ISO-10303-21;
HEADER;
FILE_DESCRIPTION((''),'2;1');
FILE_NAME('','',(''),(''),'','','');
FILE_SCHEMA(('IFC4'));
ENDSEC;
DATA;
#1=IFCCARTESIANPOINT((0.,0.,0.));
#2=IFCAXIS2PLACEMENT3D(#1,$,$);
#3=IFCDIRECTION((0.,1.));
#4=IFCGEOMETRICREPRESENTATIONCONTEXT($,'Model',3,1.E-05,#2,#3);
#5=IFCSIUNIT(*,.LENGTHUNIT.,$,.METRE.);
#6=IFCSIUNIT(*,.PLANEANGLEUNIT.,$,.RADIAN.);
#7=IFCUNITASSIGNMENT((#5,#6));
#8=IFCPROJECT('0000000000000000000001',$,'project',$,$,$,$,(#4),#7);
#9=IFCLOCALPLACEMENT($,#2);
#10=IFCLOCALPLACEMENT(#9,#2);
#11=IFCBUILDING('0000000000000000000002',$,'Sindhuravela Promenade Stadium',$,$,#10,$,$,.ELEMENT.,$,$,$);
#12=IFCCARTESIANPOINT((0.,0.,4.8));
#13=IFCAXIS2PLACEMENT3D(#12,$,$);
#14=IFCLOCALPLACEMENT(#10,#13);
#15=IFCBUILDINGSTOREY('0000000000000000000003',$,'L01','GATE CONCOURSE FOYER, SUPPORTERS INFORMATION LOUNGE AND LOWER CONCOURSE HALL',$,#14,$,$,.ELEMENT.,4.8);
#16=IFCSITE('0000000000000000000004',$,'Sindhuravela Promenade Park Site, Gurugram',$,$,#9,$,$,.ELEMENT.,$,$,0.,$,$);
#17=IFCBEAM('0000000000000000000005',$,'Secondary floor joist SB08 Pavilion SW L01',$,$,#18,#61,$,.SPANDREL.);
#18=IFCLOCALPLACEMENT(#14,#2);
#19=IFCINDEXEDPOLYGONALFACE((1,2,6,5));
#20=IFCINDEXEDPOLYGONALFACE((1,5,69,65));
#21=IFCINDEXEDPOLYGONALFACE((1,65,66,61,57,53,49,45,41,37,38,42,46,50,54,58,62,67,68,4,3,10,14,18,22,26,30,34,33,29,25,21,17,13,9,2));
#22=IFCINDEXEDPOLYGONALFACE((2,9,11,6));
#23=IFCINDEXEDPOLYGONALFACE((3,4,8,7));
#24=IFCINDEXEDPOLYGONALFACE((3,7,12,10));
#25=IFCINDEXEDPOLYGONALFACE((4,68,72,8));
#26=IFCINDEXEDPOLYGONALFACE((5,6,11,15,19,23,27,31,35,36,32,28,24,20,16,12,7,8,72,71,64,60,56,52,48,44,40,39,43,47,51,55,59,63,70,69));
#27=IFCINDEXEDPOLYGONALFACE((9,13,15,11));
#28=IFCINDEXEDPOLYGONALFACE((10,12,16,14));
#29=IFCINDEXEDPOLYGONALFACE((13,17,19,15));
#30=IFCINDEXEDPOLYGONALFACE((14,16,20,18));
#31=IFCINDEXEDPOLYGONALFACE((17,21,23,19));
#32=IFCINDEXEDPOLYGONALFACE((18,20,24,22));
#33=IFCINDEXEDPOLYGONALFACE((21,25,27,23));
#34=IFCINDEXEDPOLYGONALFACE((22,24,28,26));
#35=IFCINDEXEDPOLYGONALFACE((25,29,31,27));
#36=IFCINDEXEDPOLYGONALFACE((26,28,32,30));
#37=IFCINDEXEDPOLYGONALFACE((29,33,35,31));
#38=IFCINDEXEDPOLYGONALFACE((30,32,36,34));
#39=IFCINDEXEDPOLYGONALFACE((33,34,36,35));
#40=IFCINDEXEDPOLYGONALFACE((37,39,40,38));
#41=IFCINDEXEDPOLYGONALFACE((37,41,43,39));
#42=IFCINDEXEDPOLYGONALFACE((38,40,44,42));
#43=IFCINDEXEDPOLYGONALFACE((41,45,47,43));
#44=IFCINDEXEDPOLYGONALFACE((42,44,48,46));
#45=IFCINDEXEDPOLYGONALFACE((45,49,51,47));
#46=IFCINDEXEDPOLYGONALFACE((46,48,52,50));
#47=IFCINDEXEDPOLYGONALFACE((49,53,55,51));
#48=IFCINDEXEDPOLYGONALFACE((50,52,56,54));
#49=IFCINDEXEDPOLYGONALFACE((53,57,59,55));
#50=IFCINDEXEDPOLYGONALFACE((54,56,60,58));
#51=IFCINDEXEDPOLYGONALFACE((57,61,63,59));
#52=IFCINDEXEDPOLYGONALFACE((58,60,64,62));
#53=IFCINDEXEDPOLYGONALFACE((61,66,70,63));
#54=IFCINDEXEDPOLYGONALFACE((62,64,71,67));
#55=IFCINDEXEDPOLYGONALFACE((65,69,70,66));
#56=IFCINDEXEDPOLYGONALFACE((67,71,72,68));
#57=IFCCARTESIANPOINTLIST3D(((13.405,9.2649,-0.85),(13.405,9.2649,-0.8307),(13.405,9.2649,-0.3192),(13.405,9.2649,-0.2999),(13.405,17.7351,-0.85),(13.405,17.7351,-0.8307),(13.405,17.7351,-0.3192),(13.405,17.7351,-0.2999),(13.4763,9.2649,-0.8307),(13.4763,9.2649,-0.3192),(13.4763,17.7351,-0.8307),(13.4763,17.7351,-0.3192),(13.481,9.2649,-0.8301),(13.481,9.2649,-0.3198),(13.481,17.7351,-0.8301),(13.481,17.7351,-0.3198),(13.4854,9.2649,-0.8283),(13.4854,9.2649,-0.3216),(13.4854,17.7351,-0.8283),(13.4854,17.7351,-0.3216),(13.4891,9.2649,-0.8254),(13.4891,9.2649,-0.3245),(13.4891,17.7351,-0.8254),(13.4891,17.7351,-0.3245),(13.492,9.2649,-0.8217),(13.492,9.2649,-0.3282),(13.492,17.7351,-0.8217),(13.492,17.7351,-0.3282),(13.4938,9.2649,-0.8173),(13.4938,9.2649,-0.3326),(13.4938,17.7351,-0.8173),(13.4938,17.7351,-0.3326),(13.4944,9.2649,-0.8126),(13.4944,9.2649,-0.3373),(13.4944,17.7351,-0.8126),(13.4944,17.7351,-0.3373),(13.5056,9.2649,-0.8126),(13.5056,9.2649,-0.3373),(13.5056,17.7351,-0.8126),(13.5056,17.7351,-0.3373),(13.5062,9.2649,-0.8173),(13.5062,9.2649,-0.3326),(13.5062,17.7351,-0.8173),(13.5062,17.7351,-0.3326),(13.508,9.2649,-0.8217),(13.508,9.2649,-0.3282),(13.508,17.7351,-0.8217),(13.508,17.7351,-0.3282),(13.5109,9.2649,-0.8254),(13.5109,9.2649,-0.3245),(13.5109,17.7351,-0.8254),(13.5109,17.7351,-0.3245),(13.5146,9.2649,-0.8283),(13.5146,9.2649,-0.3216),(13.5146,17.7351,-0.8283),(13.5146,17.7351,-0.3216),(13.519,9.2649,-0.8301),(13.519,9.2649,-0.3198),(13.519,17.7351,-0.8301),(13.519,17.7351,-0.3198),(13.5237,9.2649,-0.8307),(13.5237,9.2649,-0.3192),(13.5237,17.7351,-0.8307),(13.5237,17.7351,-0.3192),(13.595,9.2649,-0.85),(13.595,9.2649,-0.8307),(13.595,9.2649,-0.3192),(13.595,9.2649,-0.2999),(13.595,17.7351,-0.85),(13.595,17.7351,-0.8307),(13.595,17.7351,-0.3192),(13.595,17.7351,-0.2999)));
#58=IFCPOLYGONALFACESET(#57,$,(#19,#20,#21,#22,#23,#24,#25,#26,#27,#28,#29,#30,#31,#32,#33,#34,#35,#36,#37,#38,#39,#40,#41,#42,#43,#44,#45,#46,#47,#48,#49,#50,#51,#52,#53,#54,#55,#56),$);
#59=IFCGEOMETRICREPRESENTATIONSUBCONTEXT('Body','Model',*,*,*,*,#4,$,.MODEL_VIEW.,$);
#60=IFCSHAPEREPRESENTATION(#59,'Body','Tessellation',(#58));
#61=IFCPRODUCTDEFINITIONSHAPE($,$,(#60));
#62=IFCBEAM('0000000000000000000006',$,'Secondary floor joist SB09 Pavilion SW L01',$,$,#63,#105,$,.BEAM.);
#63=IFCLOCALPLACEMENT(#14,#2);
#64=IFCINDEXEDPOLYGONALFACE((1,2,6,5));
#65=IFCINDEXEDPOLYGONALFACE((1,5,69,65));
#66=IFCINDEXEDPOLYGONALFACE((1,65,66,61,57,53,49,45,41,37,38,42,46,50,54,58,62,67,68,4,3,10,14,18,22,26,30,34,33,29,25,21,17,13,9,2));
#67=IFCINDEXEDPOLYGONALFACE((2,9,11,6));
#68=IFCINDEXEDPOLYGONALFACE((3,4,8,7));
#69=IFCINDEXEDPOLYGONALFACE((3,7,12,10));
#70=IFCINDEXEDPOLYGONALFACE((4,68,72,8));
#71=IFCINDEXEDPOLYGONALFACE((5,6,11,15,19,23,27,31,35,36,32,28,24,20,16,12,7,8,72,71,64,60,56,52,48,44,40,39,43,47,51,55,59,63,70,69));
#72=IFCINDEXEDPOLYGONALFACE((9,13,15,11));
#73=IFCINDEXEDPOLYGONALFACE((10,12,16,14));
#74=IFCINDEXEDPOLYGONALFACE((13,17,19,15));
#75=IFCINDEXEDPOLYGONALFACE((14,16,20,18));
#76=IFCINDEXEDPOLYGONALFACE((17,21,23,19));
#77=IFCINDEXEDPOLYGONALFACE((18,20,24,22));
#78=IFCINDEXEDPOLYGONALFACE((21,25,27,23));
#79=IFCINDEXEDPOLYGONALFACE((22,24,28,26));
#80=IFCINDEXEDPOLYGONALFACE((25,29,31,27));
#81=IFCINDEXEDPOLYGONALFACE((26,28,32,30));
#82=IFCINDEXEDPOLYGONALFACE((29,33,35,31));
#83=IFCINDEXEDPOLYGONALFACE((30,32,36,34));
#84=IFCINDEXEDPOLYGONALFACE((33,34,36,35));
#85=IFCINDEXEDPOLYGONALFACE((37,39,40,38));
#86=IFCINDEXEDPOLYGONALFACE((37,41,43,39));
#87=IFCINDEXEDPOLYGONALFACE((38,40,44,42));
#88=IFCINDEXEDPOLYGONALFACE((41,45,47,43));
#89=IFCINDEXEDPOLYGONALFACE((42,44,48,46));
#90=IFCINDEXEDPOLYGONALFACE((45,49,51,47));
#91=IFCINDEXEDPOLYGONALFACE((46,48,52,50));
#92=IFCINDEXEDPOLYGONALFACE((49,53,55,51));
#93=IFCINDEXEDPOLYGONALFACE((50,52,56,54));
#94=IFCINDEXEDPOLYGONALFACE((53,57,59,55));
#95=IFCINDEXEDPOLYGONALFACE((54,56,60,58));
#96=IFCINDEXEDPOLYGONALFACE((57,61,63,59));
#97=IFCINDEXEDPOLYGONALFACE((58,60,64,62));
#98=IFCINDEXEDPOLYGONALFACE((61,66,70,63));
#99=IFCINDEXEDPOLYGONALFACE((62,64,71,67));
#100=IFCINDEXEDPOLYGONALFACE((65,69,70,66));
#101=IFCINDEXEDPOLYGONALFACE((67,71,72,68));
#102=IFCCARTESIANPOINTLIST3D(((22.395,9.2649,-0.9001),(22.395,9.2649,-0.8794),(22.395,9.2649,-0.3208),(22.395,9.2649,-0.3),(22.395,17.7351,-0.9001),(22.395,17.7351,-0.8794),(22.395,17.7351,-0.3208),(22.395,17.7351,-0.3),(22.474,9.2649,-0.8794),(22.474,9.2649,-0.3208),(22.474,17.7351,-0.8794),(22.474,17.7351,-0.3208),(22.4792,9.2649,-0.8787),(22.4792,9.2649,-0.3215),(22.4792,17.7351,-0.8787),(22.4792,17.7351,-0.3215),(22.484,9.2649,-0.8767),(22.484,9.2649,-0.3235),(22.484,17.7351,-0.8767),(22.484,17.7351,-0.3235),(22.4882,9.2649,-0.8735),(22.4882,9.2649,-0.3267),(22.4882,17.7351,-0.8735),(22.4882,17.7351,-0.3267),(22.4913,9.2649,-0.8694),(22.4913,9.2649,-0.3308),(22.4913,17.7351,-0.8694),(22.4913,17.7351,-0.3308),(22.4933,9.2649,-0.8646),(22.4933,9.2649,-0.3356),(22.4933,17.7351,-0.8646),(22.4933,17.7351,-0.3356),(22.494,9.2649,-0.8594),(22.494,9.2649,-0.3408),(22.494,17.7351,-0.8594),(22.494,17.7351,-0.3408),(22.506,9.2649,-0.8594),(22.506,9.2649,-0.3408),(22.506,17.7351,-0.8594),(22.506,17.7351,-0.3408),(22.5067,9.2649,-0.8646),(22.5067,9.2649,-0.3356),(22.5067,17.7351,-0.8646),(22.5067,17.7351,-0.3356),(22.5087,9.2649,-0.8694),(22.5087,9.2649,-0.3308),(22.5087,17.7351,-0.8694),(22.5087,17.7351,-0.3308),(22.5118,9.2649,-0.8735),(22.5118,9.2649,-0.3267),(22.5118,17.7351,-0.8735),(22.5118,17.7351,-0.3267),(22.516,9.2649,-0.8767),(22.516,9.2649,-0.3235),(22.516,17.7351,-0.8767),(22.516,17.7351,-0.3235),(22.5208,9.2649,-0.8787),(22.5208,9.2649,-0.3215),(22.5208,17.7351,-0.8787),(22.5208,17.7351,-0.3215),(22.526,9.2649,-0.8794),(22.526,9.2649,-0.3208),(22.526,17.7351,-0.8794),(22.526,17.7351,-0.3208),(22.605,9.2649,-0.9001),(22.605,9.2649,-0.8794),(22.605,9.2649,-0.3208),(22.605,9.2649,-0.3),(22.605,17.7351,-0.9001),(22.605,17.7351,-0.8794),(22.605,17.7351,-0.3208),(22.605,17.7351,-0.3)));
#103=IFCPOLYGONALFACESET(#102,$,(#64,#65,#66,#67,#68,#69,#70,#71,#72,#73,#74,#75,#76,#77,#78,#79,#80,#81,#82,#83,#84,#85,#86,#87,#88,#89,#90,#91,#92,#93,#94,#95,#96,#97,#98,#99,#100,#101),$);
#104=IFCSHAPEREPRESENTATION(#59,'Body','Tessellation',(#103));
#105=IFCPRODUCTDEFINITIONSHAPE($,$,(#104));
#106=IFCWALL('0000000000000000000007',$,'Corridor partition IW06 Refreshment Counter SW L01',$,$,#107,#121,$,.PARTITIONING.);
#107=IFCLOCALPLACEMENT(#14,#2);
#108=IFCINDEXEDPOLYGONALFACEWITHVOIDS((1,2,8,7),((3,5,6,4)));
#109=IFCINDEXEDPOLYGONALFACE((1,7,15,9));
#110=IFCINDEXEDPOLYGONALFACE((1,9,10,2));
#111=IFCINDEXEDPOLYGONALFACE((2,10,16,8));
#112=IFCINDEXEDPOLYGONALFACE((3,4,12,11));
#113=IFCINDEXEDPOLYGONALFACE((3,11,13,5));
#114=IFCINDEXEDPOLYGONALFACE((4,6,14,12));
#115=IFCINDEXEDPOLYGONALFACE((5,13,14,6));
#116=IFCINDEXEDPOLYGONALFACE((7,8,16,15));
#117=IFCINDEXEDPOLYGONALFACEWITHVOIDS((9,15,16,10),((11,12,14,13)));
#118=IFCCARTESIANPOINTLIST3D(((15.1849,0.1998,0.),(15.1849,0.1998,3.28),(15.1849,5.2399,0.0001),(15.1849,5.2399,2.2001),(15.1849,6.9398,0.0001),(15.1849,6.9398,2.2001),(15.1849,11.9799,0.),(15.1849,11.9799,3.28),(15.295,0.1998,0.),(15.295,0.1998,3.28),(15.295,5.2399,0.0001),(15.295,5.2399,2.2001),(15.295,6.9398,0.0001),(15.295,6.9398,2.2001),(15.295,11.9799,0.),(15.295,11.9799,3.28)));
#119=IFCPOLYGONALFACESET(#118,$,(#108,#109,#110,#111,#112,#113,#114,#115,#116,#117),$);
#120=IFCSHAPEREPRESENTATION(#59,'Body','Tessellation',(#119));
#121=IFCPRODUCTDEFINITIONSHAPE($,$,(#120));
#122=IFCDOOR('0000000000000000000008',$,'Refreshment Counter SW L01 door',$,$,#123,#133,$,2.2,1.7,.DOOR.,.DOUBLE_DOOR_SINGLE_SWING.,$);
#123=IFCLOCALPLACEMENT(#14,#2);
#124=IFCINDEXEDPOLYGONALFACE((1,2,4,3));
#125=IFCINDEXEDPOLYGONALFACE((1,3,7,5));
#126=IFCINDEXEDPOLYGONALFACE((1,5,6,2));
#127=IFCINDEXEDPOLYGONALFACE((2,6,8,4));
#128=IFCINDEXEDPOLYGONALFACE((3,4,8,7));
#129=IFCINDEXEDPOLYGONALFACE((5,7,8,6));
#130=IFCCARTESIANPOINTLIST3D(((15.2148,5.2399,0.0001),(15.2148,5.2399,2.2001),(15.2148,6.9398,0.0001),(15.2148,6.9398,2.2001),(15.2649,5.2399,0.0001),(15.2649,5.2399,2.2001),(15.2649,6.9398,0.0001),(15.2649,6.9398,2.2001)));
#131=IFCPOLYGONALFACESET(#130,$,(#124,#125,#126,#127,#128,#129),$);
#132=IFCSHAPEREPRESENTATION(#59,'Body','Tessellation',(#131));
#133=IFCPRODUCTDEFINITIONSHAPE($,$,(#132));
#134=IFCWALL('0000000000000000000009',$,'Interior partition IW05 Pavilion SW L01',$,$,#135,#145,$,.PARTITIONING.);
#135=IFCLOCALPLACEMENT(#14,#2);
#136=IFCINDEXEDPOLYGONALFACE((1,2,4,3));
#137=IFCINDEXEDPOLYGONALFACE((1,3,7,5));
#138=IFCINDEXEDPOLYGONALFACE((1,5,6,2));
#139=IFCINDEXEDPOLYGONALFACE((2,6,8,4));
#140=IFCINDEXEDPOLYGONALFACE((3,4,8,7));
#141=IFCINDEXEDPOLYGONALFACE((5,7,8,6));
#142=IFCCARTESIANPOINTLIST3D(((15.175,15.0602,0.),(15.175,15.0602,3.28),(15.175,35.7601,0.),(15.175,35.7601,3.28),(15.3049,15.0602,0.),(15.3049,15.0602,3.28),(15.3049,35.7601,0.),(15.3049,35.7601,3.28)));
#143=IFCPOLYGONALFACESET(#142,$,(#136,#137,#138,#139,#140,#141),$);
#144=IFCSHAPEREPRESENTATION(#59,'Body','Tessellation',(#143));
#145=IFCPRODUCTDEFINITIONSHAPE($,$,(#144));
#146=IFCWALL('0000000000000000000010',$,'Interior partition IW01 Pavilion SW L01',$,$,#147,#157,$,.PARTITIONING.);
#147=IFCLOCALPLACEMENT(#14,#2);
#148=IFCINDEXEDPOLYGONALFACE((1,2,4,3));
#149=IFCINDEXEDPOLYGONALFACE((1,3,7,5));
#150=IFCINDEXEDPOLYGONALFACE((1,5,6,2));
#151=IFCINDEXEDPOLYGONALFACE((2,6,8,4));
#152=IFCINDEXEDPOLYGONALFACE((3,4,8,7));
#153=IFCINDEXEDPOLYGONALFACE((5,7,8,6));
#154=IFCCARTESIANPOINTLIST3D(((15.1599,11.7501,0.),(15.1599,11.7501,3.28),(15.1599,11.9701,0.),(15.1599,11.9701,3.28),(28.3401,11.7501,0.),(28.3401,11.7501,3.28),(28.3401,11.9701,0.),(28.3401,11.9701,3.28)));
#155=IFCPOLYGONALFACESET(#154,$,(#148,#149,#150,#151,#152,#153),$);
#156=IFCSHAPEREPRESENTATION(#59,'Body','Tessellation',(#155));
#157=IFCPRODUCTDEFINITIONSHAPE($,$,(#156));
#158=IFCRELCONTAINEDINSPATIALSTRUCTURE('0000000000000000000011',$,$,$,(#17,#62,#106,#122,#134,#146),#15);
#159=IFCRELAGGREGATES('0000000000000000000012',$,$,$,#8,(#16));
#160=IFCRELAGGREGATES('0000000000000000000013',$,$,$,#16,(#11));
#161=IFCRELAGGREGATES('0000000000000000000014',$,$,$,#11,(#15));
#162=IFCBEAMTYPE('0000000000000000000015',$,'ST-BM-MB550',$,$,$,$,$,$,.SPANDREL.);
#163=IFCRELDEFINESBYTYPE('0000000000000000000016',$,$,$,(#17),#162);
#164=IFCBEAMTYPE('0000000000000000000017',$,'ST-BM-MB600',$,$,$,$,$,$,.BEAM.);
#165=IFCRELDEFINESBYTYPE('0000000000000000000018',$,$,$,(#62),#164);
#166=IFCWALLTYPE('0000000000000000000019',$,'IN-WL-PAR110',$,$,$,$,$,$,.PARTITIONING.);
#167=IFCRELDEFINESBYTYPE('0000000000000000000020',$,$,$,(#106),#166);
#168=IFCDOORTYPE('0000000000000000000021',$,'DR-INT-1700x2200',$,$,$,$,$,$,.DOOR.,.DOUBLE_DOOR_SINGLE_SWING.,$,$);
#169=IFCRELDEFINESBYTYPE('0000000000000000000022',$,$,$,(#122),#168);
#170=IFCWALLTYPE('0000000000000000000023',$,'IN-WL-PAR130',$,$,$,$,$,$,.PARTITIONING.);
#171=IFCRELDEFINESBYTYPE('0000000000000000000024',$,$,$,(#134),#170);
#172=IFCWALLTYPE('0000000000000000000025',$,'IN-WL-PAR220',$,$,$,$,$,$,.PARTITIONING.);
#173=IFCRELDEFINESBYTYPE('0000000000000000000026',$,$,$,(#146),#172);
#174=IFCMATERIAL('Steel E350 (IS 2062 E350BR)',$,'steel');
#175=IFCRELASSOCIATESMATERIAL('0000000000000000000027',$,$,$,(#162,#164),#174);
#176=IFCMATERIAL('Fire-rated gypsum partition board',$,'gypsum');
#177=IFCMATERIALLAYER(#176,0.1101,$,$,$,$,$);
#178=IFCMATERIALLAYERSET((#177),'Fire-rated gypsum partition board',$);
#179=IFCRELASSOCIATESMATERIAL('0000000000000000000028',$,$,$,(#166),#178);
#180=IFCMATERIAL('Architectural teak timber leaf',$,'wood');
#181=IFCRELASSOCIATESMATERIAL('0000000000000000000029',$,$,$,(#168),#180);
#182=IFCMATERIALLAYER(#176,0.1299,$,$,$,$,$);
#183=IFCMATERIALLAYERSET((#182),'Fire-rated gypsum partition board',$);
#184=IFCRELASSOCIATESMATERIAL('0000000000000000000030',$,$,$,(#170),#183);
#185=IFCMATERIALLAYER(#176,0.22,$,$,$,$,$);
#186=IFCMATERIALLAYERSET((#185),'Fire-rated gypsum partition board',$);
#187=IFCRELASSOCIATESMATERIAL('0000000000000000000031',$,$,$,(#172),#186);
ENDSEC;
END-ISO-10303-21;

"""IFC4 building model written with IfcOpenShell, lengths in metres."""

from ifc_helpers import new_model, si_unit, direction, frame, frame_2d, origin, origin_2d, place, context, subcontext, project, spatial, rectangle, i_section, extrude, material, layer, layer_set, material_profile, profile_set, type_object, element, fill, save


model = new_model("IFC4")

# Units and contexts
model_context = context("Model", 3, precision=1e-05, world=origin(), true_north=direction((0.0, 1.0)))
body_context = subcontext(model_context, "Body", "Model", "MODEL_VIEW")
ifc_project = project(units=[si_unit("LENGTHUNIT", "METRE"), si_unit("PLANEANGLEUNIT", "RADIAN")], contexts=[model_context])

# Site, building, storey
site_placement = place(None, origin())
site = spatial("IfcSite", under=ifc_project, at=site_placement, Name="Sindhuravela Promenade Park Site, Gurugram", CompositionType="ELEMENT", RefElevation=0.0)
building_placement = place(site_placement, origin())
building = spatial("IfcBuilding", under=site, at=building_placement, Name="Sindhuravela Promenade Stadium", CompositionType="ELEMENT")
storey_placement = place(building_placement, frame((0.0, 0.0, 4.8)))
storey = spatial("IfcBuildingStorey", under=building, at=storey_placement, Name="L01", Description="GATE CONCOURSE FOYER, SUPPORTERS INFORMATION LOUNGE AND LOWER CONCOURSE HALL", CompositionType="ELEMENT", Elevation=4.8)

# Beams
ifc_material_1 = material(Name="Steel E350 (IS 2062 E350BR)", Category="steel")
ifc_material_profile_1 = material_profile(ifc_material_1, i_section(OverallWidth=0.1899, OverallDepth=0.55, WebThickness=0.0112, FlangeThickness=0.0193, FilletRadius=0.0181, at=origin_2d()), Name="ISMB 550")
ifc_profile_set_1 = profile_set([ifc_material_profile_1], Name="Steel E350 (IS 2062 E350BR)")
beam_type_1 = type_object("IfcBeamType", Name="ST-BM-MB550", PredefinedType="SPANDREL", material=ifc_profile_set_1)
beam_1_placement = place(storey_placement, frame((13.5, 9.2649, -0.575), z_axis=(0.0, 1.0, 0.0), x_axis=(-1.0, 0.0, 0.0)))
element("IfcBeam", 1, at=beam_1_placement, inside=storey, type_object=beam_type_1, Name="Secondary floor joist SB08 Pavilion SW L01", PredefinedType="SPANDREL", context=body_context, shape_type="SweptSolid", body=[
    extrude(i_section(OverallWidth=0.1899, OverallDepth=0.55, WebThickness=0.0112, FlangeThickness=0.0193, FilletRadius=0.0181, at=origin_2d()), origin(), (0.0, 0.0, 1.0), 8.4702),
])
ifc_material_profile_2 = material_profile(ifc_material_1, i_section(OverallWidth=0.21, OverallDepth=0.6001, WebThickness=0.012, FlangeThickness=0.0208, FilletRadius=0.02, at=origin_2d()), Name="ISMB 600")
ifc_profile_set_2 = profile_set([ifc_material_profile_2], Name="Steel E350 (IS 2062 E350BR)")
beam_type_2 = type_object("IfcBeamType", Name="ST-BM-MB600", PredefinedType="BEAM", material=ifc_profile_set_2)
beam_2_placement = place(storey_placement, frame((22.5, 9.2649, -0.6001), z_axis=(0.0, 1.0, 0.0), x_axis=(-1.0, 0.0, 0.0)))
element("IfcBeam", 2, at=beam_2_placement, inside=storey, type_object=beam_type_2, Name="Secondary floor joist SB09 Pavilion SW L01", PredefinedType="BEAM", context=body_context, shape_type="SweptSolid", body=[
    extrude(i_section(OverallWidth=0.21, OverallDepth=0.6001, WebThickness=0.012, FlangeThickness=0.0208, FilletRadius=0.02, at=origin_2d()), origin(), (0.0, 0.0, 1.0), 8.4702),
])

# Wall, opening, door
ifc_material_2 = material(Name="Fire-rated gypsum partition board", Category="gypsum")
ifc_layer_1 = layer(ifc_material_2, 0.1101)
ifc_layer_set_1 = layer_set([ifc_layer_1], Name="Fire-rated gypsum partition board")
wall_type_1 = type_object("IfcWallType", Name="IN-WL-PAR110", PredefinedType="PARTITIONING", material=ifc_layer_set_1)
wall_1_placement = place(storey_placement, frame((15.24, 11.98, 0.0), z_axis=(0.0, 0.0, 1.0), x_axis=(0.0, -1.0, 0.0)))
wall_1 = element("IfcWall", 3, at=wall_1_placement, inside=storey, type_object=wall_type_1, Name="Corridor partition IW06 Refreshment Counter SW L01", PredefinedType="PARTITIONING", context=body_context, shape_type="SweptSolid", body=[
    extrude(rectangle(XDim=11.78, YDim=0.1101, at=frame_2d((5.8901, 0.0))), origin(), (0.0, 0.0, 1.0), 3.28),
])
opening_1_placement = place(wall_1_placement, frame((5.04, 0.0, 0.0)))
opening_1 = element("IfcOpeningElement", 4, at=opening_1_placement, cuts=wall_1, PredefinedType="OPENING", context=body_context, shape_type="SweptSolid", body=[
    extrude(rectangle(XDim=1.7, YDim=2.2, at=frame_2d((0.8501, 1.1001))), frame((0.0, 0.0649, 0.0), z_axis=(0.0, -1.0, 0.0), x_axis=(1.0, 0.0, 0.0)), (0.0, 0.0, 1.0), 0.1301),
])
ifc_material_3 = material(Name="Architectural teak timber leaf", Category="wood")
door_type_1 = type_object("IfcDoorType", Name="DR-INT-1700x2200", OperationType="DOUBLE_DOOR_SINGLE_SWING", PredefinedType="DOOR", material=ifc_material_3)
door_1_placement = place(opening_1_placement, origin())
door_1 = element("IfcDoor", 5, at=door_1_placement, inside=storey, type_object=door_type_1, Name="Refreshment Counter SW L01 door", OperationType="DOUBLE_DOOR_SINGLE_SWING", OverallHeight=2.2, OverallWidth=1.7, PredefinedType="DOOR", context=body_context, shape_type="SweptSolid", body=[
    extrude(rectangle(XDim=1.7, YDim=2.2, at=frame_2d((0.8501, 1.1001))), frame((0.0, 0.0249, 0.0), z_axis=(0.0, -1.0, 0.0), x_axis=(1.0, 0.0, 0.0)), (0.0, 0.0, 1.0), 0.05),
])
fill(opening_1, door_1)

# Walls
ifc_layer_2 = layer(ifc_material_2, 0.1299)
ifc_layer_set_2 = layer_set([ifc_layer_2], Name="Fire-rated gypsum partition board")
wall_type_2 = type_object("IfcWallType", Name="IN-WL-PAR130", PredefinedType="PARTITIONING", material=ifc_layer_set_2)
wall_2_placement = place(storey_placement, frame((15.24, 15.0601, 0.0), z_axis=(0.0, 0.0, 1.0), x_axis=(0.0, 1.0, 0.0)))
element("IfcWall", 6, at=wall_2_placement, inside=storey, type_object=wall_type_2, Name="Interior partition IW05 Pavilion SW L01", PredefinedType="PARTITIONING", context=body_context, shape_type="SweptSolid", body=[
    extrude(rectangle(XDim=20.7, YDim=0.1299, at=frame_2d((10.3501, 0.0))), origin(), (0.0, 0.0, 1.0), 3.28),
])
ifc_layer_3 = layer(ifc_material_2, 0.22)
ifc_layer_set_3 = layer_set([ifc_layer_3], Name="Fire-rated gypsum partition board")
wall_type_3 = type_object("IfcWallType", Name="IN-WL-PAR220", PredefinedType="PARTITIONING", material=ifc_layer_set_3)
wall_3_placement = place(storey_placement, frame((15.1599, 11.8601, 0.0), z_axis=(0.0, 0.0, 1.0), x_axis=(1.0, 0.0, 0.0)))
element("IfcWall", 7, at=wall_3_placement, inside=storey, type_object=wall_type_3, Name="Interior partition IW01 Pavilion SW L01", PredefinedType="PARTITIONING", context=body_context, shape_type="SweptSolid", body=[
    extrude(rectangle(XDim=13.1802, YDim=0.22, at=frame_2d((6.5901, 0.0))), origin(), (0.0, 0.0, 1.0), 3.28),
])

save(model, "model.ifc")
